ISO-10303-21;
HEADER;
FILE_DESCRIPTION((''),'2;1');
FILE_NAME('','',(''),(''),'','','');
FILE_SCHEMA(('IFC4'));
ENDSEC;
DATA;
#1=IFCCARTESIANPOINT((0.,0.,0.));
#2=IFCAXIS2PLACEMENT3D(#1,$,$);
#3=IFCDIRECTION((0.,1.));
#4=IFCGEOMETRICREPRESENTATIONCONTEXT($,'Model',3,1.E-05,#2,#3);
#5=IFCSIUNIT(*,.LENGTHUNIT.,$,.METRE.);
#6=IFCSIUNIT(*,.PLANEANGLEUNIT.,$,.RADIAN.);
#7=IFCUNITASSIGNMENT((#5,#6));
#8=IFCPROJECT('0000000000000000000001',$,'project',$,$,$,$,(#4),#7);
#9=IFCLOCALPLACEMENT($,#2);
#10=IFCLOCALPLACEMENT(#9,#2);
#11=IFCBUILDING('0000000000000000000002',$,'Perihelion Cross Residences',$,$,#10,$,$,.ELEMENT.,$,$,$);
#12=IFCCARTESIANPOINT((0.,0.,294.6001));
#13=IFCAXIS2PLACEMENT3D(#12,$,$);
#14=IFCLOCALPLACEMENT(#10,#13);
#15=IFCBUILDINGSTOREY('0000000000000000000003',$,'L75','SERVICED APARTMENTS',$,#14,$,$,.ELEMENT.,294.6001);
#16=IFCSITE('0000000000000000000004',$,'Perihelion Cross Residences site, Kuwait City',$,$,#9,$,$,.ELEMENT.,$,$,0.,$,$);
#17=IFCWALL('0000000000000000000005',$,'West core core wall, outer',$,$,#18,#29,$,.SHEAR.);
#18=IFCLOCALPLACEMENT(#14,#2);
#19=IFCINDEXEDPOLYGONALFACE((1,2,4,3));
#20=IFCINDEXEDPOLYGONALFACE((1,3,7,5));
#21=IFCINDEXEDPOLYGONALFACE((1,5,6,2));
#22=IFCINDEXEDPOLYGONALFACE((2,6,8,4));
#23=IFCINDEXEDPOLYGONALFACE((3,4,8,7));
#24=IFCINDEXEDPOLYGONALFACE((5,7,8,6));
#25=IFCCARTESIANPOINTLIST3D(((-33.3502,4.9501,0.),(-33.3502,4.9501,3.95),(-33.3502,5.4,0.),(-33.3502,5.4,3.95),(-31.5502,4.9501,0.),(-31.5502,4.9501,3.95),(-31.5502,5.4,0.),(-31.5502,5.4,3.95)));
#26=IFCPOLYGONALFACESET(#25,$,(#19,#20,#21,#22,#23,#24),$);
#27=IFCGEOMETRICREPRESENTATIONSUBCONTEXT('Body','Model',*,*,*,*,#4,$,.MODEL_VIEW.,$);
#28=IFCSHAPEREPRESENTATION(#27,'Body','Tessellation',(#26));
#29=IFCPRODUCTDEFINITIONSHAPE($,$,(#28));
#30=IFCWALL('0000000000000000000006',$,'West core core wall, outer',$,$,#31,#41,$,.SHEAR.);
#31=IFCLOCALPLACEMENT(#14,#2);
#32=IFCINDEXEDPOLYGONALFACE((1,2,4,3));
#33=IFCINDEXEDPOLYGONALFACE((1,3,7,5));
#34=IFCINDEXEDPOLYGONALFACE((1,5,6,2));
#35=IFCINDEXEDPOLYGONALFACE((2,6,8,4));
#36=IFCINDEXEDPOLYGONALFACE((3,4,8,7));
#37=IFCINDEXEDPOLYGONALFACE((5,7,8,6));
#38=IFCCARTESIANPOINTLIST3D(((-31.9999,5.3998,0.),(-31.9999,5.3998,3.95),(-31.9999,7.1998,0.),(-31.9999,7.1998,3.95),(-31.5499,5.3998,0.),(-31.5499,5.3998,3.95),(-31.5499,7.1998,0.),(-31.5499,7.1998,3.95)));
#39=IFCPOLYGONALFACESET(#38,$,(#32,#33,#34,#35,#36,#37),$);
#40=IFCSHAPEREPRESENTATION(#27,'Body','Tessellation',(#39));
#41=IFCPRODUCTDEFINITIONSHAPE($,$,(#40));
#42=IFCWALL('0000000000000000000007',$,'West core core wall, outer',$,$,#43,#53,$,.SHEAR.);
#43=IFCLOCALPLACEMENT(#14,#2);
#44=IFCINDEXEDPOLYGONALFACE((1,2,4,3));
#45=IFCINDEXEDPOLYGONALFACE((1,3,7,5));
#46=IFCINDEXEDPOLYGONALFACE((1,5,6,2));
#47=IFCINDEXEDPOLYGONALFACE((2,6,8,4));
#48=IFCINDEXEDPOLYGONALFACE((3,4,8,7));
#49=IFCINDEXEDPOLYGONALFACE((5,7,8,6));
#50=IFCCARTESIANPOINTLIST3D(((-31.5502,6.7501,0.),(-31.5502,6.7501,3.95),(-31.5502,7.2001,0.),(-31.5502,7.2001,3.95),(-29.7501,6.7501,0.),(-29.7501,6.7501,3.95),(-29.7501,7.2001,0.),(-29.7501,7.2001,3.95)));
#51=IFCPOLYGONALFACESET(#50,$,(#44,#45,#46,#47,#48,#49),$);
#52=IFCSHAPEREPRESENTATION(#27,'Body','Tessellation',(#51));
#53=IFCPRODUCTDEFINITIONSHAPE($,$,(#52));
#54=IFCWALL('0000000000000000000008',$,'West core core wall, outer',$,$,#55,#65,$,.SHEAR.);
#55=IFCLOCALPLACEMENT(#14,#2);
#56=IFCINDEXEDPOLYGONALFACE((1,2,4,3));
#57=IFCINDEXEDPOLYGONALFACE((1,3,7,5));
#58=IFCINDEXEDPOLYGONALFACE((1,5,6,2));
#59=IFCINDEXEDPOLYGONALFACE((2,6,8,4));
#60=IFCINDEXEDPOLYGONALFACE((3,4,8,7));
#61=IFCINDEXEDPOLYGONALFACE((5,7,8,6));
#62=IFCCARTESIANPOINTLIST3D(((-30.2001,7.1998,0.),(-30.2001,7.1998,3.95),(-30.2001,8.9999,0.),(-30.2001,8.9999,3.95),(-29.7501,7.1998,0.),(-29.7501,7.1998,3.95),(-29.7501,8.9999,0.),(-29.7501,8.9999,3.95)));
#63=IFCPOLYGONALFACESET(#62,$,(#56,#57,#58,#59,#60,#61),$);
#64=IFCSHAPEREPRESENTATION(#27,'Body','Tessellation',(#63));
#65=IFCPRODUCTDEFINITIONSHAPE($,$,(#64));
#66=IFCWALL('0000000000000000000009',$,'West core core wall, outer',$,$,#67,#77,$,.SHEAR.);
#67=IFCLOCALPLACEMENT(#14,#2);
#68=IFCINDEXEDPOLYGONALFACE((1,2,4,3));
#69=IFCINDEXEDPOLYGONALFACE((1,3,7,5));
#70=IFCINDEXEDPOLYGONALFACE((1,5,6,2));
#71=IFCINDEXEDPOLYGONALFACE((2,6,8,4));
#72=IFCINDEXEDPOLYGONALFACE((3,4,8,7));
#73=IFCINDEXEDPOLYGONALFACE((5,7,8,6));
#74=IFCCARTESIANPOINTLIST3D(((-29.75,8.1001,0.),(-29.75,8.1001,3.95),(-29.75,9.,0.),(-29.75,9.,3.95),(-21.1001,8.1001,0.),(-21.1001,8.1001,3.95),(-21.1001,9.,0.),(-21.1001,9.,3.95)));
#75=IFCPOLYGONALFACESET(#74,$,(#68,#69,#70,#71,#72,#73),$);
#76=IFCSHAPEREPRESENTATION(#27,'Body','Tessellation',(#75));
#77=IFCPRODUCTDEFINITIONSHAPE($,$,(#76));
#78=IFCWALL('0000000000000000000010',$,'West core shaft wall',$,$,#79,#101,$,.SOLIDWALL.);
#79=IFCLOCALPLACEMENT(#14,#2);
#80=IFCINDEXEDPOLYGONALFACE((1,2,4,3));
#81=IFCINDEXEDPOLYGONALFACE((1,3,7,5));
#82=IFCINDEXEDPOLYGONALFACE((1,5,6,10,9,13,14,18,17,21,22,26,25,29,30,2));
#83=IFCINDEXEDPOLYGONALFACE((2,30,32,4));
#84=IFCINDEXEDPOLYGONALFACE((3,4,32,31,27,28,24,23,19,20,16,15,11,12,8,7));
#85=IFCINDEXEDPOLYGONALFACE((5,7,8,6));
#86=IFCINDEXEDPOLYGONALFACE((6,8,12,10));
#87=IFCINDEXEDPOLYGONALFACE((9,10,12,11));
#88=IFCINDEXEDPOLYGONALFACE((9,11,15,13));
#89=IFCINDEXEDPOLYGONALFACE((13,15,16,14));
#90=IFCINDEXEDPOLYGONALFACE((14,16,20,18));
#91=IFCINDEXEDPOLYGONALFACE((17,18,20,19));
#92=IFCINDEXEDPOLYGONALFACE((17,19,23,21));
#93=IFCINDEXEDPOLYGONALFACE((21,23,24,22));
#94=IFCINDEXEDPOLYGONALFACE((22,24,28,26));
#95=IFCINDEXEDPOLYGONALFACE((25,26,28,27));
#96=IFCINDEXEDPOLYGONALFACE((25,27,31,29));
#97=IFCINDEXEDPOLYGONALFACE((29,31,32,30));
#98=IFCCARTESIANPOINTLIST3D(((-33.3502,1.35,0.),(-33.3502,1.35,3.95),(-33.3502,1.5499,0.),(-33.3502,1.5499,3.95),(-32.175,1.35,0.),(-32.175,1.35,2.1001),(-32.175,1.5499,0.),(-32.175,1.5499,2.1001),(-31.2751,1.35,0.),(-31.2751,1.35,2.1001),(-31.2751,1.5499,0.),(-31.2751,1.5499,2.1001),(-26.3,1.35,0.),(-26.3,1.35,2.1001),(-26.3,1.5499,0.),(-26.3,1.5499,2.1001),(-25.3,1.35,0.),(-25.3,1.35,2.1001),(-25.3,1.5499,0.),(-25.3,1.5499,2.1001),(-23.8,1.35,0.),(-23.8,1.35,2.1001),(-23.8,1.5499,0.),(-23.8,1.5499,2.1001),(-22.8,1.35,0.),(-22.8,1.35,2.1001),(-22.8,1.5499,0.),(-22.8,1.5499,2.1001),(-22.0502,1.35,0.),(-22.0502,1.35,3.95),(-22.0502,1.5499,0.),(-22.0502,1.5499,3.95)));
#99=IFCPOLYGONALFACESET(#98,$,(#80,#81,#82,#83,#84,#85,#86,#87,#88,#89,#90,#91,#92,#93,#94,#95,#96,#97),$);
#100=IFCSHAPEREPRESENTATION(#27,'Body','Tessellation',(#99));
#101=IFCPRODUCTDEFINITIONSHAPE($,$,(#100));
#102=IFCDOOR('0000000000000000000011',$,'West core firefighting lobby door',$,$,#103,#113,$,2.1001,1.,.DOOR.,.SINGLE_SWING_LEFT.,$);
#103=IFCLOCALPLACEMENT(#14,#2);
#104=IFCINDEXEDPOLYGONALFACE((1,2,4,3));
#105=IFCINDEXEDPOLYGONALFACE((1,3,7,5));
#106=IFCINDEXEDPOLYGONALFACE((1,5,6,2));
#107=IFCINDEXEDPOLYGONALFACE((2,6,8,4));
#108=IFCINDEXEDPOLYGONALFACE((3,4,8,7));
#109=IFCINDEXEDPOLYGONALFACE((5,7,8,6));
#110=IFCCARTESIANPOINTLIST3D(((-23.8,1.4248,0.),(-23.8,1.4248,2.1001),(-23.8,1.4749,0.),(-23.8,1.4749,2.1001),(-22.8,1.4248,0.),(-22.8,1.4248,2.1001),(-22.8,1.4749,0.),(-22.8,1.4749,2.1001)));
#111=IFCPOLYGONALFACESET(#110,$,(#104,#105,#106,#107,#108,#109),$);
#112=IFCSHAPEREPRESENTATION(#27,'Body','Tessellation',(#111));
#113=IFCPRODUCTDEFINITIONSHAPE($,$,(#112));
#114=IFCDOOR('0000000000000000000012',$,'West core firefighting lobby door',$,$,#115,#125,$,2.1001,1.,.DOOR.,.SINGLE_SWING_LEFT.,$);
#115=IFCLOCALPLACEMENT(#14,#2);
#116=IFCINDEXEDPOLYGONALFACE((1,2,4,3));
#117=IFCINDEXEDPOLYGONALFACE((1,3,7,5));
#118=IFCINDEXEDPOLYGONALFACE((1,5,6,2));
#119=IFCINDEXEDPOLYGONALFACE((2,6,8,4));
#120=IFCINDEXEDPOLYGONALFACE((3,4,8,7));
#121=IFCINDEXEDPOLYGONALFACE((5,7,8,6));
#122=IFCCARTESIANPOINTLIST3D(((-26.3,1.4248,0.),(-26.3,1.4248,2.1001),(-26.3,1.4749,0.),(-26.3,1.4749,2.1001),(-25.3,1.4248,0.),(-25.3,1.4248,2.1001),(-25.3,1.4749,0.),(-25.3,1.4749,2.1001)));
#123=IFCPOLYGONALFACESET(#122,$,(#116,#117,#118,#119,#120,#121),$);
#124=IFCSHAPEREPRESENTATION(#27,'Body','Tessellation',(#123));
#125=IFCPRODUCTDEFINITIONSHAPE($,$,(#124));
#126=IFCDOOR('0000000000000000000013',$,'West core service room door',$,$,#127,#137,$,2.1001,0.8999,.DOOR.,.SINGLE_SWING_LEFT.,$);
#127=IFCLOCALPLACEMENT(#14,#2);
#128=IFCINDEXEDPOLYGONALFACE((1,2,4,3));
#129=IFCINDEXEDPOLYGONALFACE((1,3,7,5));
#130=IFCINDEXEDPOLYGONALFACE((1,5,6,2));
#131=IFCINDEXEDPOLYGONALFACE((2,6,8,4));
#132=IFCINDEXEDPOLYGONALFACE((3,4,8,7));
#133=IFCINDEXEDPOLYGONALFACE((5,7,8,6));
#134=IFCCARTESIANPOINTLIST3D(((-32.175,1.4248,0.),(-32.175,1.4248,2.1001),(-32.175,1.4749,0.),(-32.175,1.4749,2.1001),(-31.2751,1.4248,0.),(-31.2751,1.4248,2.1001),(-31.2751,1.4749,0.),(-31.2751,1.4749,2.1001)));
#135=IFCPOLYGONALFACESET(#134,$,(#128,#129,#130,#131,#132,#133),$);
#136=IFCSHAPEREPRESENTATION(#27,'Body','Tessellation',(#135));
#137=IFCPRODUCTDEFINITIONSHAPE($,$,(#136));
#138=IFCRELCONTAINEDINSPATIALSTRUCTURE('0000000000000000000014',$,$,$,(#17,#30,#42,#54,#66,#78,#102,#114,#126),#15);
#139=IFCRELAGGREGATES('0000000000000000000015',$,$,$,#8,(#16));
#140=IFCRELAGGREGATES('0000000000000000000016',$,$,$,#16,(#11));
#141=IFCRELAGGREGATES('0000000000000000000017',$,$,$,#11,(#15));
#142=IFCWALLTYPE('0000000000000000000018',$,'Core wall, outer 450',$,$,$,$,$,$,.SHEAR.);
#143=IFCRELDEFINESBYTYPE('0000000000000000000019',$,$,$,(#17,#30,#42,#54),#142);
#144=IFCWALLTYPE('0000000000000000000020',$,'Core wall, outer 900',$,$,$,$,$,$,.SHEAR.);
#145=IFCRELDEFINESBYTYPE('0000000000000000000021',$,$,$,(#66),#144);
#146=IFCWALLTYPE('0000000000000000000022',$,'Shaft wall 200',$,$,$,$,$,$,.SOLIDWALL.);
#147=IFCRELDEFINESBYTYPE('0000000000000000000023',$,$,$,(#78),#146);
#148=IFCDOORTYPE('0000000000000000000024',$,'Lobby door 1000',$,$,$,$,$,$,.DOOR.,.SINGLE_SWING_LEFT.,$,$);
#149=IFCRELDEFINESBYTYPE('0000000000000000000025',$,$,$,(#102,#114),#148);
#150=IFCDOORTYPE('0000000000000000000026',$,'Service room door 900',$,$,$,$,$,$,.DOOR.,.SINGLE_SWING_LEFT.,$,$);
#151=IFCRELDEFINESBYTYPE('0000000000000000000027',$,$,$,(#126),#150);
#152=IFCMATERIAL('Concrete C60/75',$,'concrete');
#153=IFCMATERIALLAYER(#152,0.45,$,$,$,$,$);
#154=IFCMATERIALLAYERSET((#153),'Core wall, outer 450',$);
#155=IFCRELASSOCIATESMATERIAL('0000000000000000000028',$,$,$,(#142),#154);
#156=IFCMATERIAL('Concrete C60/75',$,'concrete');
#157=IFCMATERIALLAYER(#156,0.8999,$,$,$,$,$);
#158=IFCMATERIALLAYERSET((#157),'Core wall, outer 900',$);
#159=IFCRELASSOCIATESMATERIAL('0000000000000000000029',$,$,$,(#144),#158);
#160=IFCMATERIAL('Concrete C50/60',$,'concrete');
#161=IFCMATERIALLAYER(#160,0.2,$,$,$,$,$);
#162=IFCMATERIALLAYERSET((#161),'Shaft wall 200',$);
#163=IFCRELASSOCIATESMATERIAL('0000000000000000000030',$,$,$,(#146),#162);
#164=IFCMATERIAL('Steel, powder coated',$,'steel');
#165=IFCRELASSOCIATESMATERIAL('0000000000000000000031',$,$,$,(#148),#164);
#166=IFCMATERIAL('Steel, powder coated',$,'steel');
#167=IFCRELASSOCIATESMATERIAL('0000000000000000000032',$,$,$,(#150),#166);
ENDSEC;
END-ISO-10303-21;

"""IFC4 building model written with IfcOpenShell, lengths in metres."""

from ifc_helpers import new_model, si_unit, direction, frame, frame_2d, origin, place, context, subcontext, project, spatial, rectangle, extrude, material, layer, layer_set, type_object, element, fill, save


model = new_model("IFC4")

# Units and contexts
model_context = context("Model", 3, precision=1e-05, world=origin(), true_north=direction((0.0, 1.0)))
body_context = subcontext(model_context, "Body", "Model", "MODEL_VIEW")
ifc_project = project(units=[si_unit("LENGTHUNIT", "METRE"), si_unit("PLANEANGLEUNIT", "RADIAN")], contexts=[model_context])

# Site, building, storey
site_placement = place(None, origin())
site = spatial("IfcSite", under=ifc_project, at=site_placement, Name="Perihelion Cross Residences site, Kuwait City", CompositionType="ELEMENT", RefElevation=0.0)
building_placement = place(site_placement, origin())
building = spatial("IfcBuilding", under=site, at=building_placement, Name="Perihelion Cross Residences", CompositionType="ELEMENT")
storey_placement = place(building_placement, frame((0.0, 0.0, 294.6001)))
storey = spatial("IfcBuildingStorey", under=building, at=storey_placement, Name="L75", Description="SERVICED APARTMENTS", CompositionType="ELEMENT", Elevation=294.6001)

# Walls
ifc_material_1 = material(Name="Concrete C60/75", Category="concrete")
ifc_layer_1 = layer(ifc_material_1, 0.45)
ifc_layer_set_1 = layer_set([ifc_layer_1], Name="Core wall, outer 450")
wall_type_1 = type_object("IfcWallType", Name="Core wall, outer 450", PredefinedType="SHEAR", material=ifc_layer_set_1)
for number, where, z_axis, x_axis, name in (
    (1, (-33.3501, 5.175, 0.0), (0.0, 0.0, 1.0), (1.0, 0.0, 0.0), "West core core wall, outer"),
    (2, (-31.7749, 5.3999, 0.0), (0.0, 0.0, 1.0), (0.0, 1.0, 0.0), "West core core wall, outer"),
    (3, (-31.55, 6.9751, 0.0), (0.0, 0.0, 1.0), (1.0, 0.0, 0.0), "West core core wall, outer"),
    (4, (-29.9751, 7.2, 0.0), (0.0, 0.0, 1.0), (0.0, 1.0, 0.0), "West core core wall, outer"),
):
    element("IfcWall", number, at=place(storey_placement, frame(where, z_axis=z_axis, x_axis=x_axis)), inside=storey, type_object=wall_type_1, Name=name, PredefinedType="SHEAR", context=body_context, shape_type="SweptSolid", body=[
        extrude(rectangle(XDim=1.8, YDim=0.45, at=frame_2d((0.8999, 0.0))), origin(), (0.0, 0.0, 1.0), 3.95),
    ])
ifc_material_2 = material(Name="Concrete C60/75", Category="concrete")
ifc_layer_2 = layer(ifc_material_2, 0.8999)
ifc_layer_set_2 = layer_set([ifc_layer_2], Name="Core wall, outer 900")
wall_type_2 = type_object("IfcWallType", Name="Core wall, outer 900", PredefinedType="SHEAR", material=ifc_layer_set_2)
wall_1_placement = place(storey_placement, frame((-29.75, 8.55, 0.0), z_axis=(0.0, 0.0, 1.0), x_axis=(1.0, 0.0, 0.0)))
element("IfcWall", 5, at=wall_1_placement, inside=storey, type_object=wall_type_2, Name="West core core wall, outer", PredefinedType="SHEAR", context=body_context, shape_type="SweptSolid", body=[
    extrude(rectangle(XDim=8.6499, YDim=0.8999, at=frame_2d((4.325, 0.0))), origin(), (0.0, 0.0, 1.0), 3.95),
])

# Wall, openings, doors
ifc_material_3 = material(Name="Concrete C50/60", Category="concrete")
ifc_layer_3 = layer(ifc_material_3, 0.2)
ifc_layer_set_3 = layer_set([ifc_layer_3], Name="Shaft wall 200")
wall_type_3 = type_object("IfcWallType", Name="Shaft wall 200", PredefinedType="SOLIDWALL", material=ifc_layer_set_3)
wall_2_placement = place(storey_placement, frame((-33.3501, 1.45, 0.0), z_axis=(0.0, 0.0, 1.0), x_axis=(1.0, 0.0, 0.0)))
wall_2 = element("IfcWall", 6, at=wall_2_placement, inside=storey, type_object=wall_type_3, Name="West core shaft wall", PredefinedType="SOLIDWALL", context=body_context, shape_type="SweptSolid", body=[
    extrude(rectangle(XDim=11.3, YDim=0.2, at=frame_2d((5.6499, 0.0))), origin(), (0.0, 0.0, 1.0), 3.95),
])
opening_1_placement = place(wall_2_placement, frame((9.55, 0.0, 0.0)))
opening_1 = element("IfcOpeningElement", 7, at=opening_1_placement, cuts=wall_2, PredefinedType="OPENING", context=body_context, shape_type="SweptSolid", body=[
    extrude(rectangle(XDim=1.0, YDim=2.1001, at=frame_2d((0.5, 1.05))), frame((0.0, 0.1099, 0.0), z_axis=(0.0, -1.0, 0.0), x_axis=(1.0, 0.0, 0.0)), (0.0, 0.0, 1.0), 0.22),
])
opening_2_placement = place(wall_2_placement, frame((7.05, 0.0, 0.0)))
opening_2 = element("IfcOpeningElement", 8, at=opening_2_placement, cuts=wall_2, PredefinedType="OPENING", context=body_context, shape_type="SweptSolid", body=[
    extrude(rectangle(XDim=1.0, YDim=2.1001, at=frame_2d((0.5, 1.05))), frame((0.0, 0.1099, 0.0), z_axis=(0.0, -1.0, 0.0), x_axis=(1.0, 0.0, 0.0)), (0.0, 0.0, 1.0), 0.22),
])
opening_3_placement = place(wall_2_placement, frame((1.175, 0.0, 0.0)))
opening_3 = element("IfcOpeningElement", 9, at=opening_3_placement, cuts=wall_2, PredefinedType="OPENING", context=body_context, shape_type="SweptSolid", body=[
    extrude(rectangle(XDim=0.8999, YDim=2.1001, at=frame_2d((0.45, 1.05))), frame((0.0, 0.1099, 0.0), z_axis=(0.0, -1.0, 0.0), x_axis=(1.0, 0.0, 0.0)), (0.0, 0.0, 1.0), 0.22),
])
ifc_material_4 = material(Name="Steel, powder coated", Category="steel")
door_type_1 = type_object("IfcDoorType", Name="Lobby door 1000", OperationType="SINGLE_SWING_LEFT", PredefinedType="DOOR", material=ifc_material_4)
door_1_placement = place(opening_1_placement, origin())
door_1 = element("IfcDoor", 10, at=door_1_placement, inside=storey, type_object=door_type_1, Name="West core firefighting lobby door", OperationType="SINGLE_SWING_LEFT", OverallHeight=2.1001, OverallWidth=1.0, PredefinedType="DOOR", context=body_context, shape_type="SweptSolid", body=[
    extrude(rectangle(XDim=1.0, YDim=2.1001, at=frame_2d((0.5, 1.05))), frame((0.0, 0.0249, 0.0), z_axis=(0.0, -1.0, 0.0), x_axis=(1.0, 0.0, 0.0)), (0.0, 0.0, 1.0), 0.05),
])
fill(opening_1, door_1)
door_2_placement = place(opening_2_placement, origin())
door_2 = element("IfcDoor", 11, at=door_2_placement, inside=storey, type_object=door_type_1, Name="West core firefighting lobby door", OperationType="SINGLE_SWING_LEFT", OverallHeight=2.1001, OverallWidth=1.0, PredefinedType="DOOR", context=body_context, shape_type="SweptSolid", body=[
    extrude(rectangle(XDim=1.0, YDim=2.1001, at=frame_2d((0.5, 1.05))), frame((0.0, 0.0249, 0.0), z_axis=(0.0, -1.0, 0.0), x_axis=(1.0, 0.0, 0.0)), (0.0, 0.0, 1.0), 0.05),
])
fill(opening_2, door_2)
ifc_material_5 = material(Name="Steel, powder coated", Category="steel")
door_type_2 = type_object("IfcDoorType", Name="Service room door 900", OperationType="SINGLE_SWING_LEFT", PredefinedType="DOOR", material=ifc_material_5)
door_3_placement = place(opening_3_placement, origin())
door_3 = element("IfcDoor", 12, at=door_3_placement, inside=storey, type_object=door_type_2, Name="West core service room door", OperationType="SINGLE_SWING_LEFT", OverallHeight=2.1001, OverallWidth=0.8999, PredefinedType="DOOR", context=body_context, shape_type="SweptSolid", body=[
    extrude(rectangle(XDim=0.8999, YDim=2.1001, at=frame_2d((0.45, 1.05))), frame((0.0, 0.0249, 0.0), z_axis=(0.0, -1.0, 0.0), x_axis=(1.0, 0.0, 0.0)), (0.0, 0.0, 1.0), 0.05),
])
fill(opening_3, door_3)

save(model, "model.ifc")
